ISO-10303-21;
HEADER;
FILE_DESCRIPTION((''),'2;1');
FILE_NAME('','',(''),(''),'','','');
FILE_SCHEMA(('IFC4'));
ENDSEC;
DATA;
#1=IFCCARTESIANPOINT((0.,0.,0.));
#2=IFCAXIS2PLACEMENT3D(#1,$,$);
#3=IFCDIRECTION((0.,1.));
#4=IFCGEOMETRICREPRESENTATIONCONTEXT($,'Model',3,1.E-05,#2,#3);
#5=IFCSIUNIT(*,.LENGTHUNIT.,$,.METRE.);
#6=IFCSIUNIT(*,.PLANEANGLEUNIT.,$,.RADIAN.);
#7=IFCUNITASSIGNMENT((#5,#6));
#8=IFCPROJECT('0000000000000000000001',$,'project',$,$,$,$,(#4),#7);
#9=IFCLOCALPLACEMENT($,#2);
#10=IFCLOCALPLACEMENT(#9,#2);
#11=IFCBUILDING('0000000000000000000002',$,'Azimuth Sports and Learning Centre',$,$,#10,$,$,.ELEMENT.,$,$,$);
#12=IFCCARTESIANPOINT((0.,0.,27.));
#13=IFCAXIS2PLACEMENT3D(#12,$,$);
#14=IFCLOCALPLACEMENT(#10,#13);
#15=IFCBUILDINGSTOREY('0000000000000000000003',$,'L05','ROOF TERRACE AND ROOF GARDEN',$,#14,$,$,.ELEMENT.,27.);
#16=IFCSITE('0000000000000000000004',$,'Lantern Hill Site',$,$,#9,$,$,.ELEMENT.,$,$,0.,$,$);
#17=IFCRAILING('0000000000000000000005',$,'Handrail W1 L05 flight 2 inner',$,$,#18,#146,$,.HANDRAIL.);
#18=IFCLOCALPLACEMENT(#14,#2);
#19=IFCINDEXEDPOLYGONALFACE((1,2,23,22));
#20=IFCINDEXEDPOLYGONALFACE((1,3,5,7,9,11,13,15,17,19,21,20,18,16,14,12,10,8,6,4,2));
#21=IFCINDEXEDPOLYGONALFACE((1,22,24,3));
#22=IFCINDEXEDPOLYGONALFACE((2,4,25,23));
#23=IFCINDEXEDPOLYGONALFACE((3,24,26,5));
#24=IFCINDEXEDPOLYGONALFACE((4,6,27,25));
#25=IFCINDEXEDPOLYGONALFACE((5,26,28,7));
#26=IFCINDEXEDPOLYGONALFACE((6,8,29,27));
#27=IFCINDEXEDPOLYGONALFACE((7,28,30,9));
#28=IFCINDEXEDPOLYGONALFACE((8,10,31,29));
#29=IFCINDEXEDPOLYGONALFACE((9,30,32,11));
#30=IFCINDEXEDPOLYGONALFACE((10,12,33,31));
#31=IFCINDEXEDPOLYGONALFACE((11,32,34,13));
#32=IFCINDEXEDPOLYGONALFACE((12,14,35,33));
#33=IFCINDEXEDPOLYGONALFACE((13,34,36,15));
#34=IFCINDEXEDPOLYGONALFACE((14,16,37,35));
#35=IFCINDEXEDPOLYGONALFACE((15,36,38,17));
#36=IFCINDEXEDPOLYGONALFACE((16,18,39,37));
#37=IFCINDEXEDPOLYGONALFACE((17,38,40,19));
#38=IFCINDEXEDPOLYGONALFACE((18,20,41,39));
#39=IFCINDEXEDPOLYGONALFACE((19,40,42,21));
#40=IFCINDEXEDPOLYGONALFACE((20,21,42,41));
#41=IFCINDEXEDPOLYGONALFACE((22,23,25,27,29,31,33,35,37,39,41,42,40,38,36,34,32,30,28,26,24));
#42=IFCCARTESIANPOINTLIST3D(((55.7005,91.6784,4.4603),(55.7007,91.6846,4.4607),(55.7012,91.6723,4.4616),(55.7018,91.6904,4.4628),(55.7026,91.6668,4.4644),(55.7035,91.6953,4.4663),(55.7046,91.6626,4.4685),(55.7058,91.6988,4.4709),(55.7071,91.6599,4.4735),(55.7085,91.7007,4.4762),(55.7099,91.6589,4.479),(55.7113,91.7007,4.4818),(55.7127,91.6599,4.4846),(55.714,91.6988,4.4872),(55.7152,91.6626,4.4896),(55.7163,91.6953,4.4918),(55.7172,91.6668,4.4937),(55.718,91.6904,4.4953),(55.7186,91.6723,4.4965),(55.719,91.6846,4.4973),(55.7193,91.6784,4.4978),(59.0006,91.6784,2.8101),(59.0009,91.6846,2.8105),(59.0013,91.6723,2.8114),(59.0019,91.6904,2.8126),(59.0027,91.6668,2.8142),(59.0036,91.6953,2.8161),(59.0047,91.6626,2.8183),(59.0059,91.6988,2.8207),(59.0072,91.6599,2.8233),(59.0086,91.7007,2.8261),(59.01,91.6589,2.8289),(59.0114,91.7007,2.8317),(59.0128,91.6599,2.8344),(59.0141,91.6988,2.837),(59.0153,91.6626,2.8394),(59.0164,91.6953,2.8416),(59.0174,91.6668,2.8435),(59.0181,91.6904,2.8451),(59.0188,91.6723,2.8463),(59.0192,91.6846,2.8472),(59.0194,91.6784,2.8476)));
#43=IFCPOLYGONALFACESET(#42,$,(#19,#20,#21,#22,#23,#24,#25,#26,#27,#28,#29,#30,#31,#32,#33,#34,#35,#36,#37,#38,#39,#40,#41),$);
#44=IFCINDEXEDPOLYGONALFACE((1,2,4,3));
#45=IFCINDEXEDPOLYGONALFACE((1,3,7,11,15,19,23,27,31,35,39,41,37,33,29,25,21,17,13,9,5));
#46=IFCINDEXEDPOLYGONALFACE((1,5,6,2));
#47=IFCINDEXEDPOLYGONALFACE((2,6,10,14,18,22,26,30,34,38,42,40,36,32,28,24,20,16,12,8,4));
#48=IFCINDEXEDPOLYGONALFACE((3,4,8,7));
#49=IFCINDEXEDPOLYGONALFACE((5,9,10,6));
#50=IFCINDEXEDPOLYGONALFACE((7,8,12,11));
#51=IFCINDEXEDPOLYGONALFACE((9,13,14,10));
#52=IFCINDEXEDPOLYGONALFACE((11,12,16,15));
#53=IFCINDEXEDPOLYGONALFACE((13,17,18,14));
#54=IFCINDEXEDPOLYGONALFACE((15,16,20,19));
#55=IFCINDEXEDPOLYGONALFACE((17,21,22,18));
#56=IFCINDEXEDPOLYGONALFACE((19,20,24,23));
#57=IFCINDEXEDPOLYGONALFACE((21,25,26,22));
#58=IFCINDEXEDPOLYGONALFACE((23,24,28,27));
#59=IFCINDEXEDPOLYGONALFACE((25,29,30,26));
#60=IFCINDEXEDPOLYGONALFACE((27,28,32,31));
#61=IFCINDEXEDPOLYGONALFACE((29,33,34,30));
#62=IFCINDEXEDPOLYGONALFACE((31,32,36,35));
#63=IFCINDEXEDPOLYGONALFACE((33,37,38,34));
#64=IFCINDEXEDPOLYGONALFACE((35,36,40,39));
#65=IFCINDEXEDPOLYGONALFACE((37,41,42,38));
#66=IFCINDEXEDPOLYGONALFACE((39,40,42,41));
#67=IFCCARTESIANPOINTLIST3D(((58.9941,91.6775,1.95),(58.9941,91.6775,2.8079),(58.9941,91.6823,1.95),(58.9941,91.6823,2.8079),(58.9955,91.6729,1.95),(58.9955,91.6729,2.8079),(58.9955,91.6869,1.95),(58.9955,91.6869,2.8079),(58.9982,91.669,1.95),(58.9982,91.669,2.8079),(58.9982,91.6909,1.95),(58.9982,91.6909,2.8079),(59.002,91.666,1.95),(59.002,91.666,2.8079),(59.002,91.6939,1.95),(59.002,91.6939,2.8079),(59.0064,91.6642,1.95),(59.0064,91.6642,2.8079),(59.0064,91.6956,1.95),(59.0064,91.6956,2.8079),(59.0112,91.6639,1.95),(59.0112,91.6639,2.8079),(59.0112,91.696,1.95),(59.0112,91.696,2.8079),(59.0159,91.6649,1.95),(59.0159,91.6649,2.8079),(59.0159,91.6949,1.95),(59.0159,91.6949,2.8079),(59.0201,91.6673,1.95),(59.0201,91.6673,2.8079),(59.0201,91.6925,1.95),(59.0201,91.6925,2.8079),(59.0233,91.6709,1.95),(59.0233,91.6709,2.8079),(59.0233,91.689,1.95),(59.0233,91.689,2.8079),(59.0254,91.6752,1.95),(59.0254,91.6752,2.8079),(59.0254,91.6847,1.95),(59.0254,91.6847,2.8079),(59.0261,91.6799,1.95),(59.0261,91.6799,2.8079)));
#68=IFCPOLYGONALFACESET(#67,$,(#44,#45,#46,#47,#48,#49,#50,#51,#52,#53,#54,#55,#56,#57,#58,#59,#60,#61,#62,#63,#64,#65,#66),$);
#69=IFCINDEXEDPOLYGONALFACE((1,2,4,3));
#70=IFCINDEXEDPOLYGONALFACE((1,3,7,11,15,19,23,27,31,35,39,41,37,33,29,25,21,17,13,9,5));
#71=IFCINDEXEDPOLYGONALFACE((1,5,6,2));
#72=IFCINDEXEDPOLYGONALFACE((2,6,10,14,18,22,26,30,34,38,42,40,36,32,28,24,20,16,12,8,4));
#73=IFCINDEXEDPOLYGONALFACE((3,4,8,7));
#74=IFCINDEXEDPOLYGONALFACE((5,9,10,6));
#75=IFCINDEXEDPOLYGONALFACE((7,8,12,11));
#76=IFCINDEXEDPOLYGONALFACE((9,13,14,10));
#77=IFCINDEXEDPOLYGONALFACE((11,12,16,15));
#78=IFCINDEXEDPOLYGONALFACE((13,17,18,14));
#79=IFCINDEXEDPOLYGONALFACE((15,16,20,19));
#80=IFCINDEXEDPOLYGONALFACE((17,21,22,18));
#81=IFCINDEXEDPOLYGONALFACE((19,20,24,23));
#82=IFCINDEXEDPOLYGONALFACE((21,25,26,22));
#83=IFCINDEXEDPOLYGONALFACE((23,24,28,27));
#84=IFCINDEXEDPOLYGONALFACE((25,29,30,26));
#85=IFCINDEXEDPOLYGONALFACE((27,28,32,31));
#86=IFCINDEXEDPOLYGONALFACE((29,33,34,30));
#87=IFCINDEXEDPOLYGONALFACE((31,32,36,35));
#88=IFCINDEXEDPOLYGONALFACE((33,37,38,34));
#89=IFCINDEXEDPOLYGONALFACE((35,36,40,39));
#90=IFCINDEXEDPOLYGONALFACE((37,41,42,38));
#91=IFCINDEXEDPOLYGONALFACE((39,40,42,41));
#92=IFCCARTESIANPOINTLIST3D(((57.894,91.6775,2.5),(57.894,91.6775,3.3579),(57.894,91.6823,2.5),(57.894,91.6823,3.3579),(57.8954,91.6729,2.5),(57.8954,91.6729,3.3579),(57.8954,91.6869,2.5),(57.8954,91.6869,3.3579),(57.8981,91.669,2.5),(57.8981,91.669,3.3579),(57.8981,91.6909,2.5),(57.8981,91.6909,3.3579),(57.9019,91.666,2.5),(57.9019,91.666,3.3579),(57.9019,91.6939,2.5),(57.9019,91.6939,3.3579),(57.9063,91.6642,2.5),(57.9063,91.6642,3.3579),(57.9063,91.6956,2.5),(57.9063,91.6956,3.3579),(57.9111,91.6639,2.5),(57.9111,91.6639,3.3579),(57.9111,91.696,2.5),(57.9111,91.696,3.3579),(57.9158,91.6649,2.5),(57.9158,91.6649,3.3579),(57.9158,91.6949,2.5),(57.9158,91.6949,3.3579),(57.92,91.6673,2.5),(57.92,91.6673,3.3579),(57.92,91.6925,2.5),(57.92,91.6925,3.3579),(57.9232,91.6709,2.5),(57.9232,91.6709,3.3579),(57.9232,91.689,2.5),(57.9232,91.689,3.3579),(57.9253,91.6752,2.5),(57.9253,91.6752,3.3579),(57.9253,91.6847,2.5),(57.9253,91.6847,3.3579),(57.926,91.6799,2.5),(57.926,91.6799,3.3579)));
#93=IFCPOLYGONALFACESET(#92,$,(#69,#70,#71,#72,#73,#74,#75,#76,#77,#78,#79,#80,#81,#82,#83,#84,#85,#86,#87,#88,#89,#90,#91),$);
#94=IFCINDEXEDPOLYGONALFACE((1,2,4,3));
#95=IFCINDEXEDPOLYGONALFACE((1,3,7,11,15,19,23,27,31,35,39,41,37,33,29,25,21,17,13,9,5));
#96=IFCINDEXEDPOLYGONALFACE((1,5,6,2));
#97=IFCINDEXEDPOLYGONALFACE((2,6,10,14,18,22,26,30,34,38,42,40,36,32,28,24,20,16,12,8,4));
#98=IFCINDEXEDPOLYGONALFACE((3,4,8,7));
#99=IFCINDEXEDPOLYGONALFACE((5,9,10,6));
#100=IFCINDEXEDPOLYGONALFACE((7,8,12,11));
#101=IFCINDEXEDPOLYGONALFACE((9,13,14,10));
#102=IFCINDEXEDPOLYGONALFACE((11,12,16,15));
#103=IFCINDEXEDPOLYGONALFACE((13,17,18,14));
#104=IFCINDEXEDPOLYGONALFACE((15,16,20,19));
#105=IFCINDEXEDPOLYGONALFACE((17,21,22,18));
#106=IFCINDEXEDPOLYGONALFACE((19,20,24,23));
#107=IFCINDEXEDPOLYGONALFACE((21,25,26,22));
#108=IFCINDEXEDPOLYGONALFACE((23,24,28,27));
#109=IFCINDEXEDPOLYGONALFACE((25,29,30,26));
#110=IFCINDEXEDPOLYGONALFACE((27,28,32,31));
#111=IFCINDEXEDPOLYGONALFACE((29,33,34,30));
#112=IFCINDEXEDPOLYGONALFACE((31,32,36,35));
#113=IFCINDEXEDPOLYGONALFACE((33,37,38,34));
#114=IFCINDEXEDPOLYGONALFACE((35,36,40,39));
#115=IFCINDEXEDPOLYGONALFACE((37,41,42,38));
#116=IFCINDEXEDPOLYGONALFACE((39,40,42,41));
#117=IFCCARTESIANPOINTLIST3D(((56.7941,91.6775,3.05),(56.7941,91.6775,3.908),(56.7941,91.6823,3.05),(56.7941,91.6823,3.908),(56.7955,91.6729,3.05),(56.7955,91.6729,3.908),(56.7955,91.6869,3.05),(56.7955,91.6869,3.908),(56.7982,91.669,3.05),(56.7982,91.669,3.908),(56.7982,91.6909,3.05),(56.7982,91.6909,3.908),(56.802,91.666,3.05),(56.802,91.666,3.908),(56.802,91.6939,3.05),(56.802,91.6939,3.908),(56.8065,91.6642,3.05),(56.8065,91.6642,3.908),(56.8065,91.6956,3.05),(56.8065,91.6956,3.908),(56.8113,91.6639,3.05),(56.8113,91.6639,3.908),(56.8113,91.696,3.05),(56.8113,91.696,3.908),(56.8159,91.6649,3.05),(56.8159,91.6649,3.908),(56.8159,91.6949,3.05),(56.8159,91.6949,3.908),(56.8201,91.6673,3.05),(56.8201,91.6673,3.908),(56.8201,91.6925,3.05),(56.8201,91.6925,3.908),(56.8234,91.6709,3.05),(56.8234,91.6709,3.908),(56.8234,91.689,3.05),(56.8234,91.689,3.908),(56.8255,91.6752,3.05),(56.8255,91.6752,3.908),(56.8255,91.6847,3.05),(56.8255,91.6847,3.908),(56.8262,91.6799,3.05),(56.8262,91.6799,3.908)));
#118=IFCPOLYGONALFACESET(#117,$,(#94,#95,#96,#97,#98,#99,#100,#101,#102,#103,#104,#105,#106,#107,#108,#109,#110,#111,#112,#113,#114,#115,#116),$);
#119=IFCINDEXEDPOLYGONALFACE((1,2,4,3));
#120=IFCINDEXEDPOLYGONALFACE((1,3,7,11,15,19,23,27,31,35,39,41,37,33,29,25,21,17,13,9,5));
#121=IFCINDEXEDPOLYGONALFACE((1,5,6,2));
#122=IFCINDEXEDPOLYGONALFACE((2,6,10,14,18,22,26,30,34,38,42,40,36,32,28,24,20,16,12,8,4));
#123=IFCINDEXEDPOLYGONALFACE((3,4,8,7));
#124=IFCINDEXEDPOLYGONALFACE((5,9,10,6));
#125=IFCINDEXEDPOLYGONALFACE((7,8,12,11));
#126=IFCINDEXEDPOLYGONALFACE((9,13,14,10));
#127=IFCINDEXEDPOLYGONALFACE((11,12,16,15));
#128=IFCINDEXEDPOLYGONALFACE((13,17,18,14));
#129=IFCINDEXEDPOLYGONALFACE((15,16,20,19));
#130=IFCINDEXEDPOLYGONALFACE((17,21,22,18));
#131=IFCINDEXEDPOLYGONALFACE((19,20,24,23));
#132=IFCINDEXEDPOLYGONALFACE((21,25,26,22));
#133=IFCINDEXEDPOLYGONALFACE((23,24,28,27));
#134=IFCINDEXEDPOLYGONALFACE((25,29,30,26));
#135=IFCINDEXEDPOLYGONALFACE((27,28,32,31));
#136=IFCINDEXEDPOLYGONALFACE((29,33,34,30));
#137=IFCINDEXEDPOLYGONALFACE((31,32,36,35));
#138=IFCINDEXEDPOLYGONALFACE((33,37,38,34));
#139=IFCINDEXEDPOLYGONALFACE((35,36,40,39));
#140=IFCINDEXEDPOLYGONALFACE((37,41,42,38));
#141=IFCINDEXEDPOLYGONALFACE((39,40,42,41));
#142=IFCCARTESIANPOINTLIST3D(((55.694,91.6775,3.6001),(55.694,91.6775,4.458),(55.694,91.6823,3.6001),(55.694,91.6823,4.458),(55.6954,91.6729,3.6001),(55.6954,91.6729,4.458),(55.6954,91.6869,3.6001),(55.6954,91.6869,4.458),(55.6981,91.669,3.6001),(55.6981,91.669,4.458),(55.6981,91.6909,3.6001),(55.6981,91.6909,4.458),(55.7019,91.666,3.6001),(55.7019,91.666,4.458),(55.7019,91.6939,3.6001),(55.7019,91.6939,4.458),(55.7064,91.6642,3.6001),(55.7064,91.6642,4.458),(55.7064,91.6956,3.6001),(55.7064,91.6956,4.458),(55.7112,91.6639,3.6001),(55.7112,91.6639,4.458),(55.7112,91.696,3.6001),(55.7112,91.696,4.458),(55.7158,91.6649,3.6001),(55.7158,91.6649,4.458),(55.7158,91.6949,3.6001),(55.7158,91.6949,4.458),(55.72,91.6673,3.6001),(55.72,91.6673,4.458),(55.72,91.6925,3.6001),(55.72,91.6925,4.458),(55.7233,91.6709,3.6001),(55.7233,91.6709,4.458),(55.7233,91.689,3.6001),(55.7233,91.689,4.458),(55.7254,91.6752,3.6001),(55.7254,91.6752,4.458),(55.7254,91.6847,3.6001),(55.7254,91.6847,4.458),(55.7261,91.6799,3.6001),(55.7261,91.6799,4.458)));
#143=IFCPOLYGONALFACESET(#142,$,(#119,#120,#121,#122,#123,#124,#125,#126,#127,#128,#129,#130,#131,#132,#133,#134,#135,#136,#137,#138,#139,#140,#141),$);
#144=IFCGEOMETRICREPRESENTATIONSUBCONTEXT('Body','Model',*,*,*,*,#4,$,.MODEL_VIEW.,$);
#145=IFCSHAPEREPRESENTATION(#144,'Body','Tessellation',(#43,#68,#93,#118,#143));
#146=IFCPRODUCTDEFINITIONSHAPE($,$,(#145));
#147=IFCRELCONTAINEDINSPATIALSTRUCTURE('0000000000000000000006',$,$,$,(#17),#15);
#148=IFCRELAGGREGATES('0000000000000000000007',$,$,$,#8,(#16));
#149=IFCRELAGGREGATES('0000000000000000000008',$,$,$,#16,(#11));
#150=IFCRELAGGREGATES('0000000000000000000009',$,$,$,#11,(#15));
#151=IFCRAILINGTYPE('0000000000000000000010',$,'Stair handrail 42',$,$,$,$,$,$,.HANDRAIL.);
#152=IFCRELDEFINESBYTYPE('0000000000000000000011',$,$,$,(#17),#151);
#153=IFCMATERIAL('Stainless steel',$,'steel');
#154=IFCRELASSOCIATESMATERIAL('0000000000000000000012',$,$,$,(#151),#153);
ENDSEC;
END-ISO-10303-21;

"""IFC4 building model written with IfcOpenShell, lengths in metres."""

from ifc_helpers import new_model, si_unit, direction, frame, origin, origin_2d, place, context, subcontext, project, spatial, circle, extrude, material, type_object, element, save


model = new_model("IFC4")

# Units and contexts
model_context = context("Model", 3, precision=1e-05, world=origin(), true_north=direction((0.0, 1.0)))
body_context = subcontext(model_context, "Body", "Model", "MODEL_VIEW")
ifc_project = project(units=[si_unit("LENGTHUNIT", "METRE"), si_unit("PLANEANGLEUNIT", "RADIAN")], contexts=[model_context])

# Site, building, storey
site_placement = place(None, origin())
site = spatial("IfcSite", under=ifc_project, at=site_placement, Name="Lantern Hill Site", CompositionType="ELEMENT", RefElevation=0.0)
building_placement = place(site_placement, origin())
building = spatial("IfcBuilding", under=site, at=building_placement, Name="Azimuth Sports and Learning Centre", CompositionType="ELEMENT")
storey_placement = place(building_placement, frame((0.0, 0.0, 27.0)))
storey = spatial("IfcBuildingStorey", under=building, at=storey_placement, Name="L05", Description="ROOF TERRACE AND ROOF GARDEN", CompositionType="ELEMENT", Elevation=27.0)

# Railing
ifc_material_1 = material(Name="Stainless steel", Category="steel")
railing_type = type_object("IfcRailingType", Name="Stair handrail 42", PredefinedType="HANDRAIL", material=ifc_material_1)
for number, where, name in (
    (1, (59.01, 91.6799, 1.95), "Handrail W1 L05 flight 2 inner"),
):
    element("IfcRailing", number, at=place(storey_placement, frame(where)), inside=storey, type_object=railing_type, Name=name, PredefinedType="HANDRAIL", context=body_context, shape_type="SweptSolid", body=[
        extrude(circle(Radius=0.021, at=origin_2d()), frame((0.0, 0.0, 0.8789), z_axis=(-0.894414, 0.0, 0.44724), x_axis=(0.0, -1.0, 0.0)), (0.0, 0.0, 1.0), 3.6897),
        extrude(circle(Radius=0.0161, at=origin_2d()), origin(), (0.0, 0.0, 1.0), 0.8579),
        extrude(circle(Radius=0.0161, at=origin_2d()), frame((-1.1001, 0.0, 0.55)), (0.0, 0.0, 1.0), 0.8579),
        extrude(circle(Radius=0.0161, at=origin_2d()), frame((-2.2, 0.0, 1.1001)), (0.0, 0.0, 1.0), 0.8579),
        extrude(circle(Radius=0.0161, at=origin_2d()), frame((-3.3, 0.0, 1.6501)), (0.0, 0.0, 1.0), 0.8579),
    ])

save(model, "model.ifc")
